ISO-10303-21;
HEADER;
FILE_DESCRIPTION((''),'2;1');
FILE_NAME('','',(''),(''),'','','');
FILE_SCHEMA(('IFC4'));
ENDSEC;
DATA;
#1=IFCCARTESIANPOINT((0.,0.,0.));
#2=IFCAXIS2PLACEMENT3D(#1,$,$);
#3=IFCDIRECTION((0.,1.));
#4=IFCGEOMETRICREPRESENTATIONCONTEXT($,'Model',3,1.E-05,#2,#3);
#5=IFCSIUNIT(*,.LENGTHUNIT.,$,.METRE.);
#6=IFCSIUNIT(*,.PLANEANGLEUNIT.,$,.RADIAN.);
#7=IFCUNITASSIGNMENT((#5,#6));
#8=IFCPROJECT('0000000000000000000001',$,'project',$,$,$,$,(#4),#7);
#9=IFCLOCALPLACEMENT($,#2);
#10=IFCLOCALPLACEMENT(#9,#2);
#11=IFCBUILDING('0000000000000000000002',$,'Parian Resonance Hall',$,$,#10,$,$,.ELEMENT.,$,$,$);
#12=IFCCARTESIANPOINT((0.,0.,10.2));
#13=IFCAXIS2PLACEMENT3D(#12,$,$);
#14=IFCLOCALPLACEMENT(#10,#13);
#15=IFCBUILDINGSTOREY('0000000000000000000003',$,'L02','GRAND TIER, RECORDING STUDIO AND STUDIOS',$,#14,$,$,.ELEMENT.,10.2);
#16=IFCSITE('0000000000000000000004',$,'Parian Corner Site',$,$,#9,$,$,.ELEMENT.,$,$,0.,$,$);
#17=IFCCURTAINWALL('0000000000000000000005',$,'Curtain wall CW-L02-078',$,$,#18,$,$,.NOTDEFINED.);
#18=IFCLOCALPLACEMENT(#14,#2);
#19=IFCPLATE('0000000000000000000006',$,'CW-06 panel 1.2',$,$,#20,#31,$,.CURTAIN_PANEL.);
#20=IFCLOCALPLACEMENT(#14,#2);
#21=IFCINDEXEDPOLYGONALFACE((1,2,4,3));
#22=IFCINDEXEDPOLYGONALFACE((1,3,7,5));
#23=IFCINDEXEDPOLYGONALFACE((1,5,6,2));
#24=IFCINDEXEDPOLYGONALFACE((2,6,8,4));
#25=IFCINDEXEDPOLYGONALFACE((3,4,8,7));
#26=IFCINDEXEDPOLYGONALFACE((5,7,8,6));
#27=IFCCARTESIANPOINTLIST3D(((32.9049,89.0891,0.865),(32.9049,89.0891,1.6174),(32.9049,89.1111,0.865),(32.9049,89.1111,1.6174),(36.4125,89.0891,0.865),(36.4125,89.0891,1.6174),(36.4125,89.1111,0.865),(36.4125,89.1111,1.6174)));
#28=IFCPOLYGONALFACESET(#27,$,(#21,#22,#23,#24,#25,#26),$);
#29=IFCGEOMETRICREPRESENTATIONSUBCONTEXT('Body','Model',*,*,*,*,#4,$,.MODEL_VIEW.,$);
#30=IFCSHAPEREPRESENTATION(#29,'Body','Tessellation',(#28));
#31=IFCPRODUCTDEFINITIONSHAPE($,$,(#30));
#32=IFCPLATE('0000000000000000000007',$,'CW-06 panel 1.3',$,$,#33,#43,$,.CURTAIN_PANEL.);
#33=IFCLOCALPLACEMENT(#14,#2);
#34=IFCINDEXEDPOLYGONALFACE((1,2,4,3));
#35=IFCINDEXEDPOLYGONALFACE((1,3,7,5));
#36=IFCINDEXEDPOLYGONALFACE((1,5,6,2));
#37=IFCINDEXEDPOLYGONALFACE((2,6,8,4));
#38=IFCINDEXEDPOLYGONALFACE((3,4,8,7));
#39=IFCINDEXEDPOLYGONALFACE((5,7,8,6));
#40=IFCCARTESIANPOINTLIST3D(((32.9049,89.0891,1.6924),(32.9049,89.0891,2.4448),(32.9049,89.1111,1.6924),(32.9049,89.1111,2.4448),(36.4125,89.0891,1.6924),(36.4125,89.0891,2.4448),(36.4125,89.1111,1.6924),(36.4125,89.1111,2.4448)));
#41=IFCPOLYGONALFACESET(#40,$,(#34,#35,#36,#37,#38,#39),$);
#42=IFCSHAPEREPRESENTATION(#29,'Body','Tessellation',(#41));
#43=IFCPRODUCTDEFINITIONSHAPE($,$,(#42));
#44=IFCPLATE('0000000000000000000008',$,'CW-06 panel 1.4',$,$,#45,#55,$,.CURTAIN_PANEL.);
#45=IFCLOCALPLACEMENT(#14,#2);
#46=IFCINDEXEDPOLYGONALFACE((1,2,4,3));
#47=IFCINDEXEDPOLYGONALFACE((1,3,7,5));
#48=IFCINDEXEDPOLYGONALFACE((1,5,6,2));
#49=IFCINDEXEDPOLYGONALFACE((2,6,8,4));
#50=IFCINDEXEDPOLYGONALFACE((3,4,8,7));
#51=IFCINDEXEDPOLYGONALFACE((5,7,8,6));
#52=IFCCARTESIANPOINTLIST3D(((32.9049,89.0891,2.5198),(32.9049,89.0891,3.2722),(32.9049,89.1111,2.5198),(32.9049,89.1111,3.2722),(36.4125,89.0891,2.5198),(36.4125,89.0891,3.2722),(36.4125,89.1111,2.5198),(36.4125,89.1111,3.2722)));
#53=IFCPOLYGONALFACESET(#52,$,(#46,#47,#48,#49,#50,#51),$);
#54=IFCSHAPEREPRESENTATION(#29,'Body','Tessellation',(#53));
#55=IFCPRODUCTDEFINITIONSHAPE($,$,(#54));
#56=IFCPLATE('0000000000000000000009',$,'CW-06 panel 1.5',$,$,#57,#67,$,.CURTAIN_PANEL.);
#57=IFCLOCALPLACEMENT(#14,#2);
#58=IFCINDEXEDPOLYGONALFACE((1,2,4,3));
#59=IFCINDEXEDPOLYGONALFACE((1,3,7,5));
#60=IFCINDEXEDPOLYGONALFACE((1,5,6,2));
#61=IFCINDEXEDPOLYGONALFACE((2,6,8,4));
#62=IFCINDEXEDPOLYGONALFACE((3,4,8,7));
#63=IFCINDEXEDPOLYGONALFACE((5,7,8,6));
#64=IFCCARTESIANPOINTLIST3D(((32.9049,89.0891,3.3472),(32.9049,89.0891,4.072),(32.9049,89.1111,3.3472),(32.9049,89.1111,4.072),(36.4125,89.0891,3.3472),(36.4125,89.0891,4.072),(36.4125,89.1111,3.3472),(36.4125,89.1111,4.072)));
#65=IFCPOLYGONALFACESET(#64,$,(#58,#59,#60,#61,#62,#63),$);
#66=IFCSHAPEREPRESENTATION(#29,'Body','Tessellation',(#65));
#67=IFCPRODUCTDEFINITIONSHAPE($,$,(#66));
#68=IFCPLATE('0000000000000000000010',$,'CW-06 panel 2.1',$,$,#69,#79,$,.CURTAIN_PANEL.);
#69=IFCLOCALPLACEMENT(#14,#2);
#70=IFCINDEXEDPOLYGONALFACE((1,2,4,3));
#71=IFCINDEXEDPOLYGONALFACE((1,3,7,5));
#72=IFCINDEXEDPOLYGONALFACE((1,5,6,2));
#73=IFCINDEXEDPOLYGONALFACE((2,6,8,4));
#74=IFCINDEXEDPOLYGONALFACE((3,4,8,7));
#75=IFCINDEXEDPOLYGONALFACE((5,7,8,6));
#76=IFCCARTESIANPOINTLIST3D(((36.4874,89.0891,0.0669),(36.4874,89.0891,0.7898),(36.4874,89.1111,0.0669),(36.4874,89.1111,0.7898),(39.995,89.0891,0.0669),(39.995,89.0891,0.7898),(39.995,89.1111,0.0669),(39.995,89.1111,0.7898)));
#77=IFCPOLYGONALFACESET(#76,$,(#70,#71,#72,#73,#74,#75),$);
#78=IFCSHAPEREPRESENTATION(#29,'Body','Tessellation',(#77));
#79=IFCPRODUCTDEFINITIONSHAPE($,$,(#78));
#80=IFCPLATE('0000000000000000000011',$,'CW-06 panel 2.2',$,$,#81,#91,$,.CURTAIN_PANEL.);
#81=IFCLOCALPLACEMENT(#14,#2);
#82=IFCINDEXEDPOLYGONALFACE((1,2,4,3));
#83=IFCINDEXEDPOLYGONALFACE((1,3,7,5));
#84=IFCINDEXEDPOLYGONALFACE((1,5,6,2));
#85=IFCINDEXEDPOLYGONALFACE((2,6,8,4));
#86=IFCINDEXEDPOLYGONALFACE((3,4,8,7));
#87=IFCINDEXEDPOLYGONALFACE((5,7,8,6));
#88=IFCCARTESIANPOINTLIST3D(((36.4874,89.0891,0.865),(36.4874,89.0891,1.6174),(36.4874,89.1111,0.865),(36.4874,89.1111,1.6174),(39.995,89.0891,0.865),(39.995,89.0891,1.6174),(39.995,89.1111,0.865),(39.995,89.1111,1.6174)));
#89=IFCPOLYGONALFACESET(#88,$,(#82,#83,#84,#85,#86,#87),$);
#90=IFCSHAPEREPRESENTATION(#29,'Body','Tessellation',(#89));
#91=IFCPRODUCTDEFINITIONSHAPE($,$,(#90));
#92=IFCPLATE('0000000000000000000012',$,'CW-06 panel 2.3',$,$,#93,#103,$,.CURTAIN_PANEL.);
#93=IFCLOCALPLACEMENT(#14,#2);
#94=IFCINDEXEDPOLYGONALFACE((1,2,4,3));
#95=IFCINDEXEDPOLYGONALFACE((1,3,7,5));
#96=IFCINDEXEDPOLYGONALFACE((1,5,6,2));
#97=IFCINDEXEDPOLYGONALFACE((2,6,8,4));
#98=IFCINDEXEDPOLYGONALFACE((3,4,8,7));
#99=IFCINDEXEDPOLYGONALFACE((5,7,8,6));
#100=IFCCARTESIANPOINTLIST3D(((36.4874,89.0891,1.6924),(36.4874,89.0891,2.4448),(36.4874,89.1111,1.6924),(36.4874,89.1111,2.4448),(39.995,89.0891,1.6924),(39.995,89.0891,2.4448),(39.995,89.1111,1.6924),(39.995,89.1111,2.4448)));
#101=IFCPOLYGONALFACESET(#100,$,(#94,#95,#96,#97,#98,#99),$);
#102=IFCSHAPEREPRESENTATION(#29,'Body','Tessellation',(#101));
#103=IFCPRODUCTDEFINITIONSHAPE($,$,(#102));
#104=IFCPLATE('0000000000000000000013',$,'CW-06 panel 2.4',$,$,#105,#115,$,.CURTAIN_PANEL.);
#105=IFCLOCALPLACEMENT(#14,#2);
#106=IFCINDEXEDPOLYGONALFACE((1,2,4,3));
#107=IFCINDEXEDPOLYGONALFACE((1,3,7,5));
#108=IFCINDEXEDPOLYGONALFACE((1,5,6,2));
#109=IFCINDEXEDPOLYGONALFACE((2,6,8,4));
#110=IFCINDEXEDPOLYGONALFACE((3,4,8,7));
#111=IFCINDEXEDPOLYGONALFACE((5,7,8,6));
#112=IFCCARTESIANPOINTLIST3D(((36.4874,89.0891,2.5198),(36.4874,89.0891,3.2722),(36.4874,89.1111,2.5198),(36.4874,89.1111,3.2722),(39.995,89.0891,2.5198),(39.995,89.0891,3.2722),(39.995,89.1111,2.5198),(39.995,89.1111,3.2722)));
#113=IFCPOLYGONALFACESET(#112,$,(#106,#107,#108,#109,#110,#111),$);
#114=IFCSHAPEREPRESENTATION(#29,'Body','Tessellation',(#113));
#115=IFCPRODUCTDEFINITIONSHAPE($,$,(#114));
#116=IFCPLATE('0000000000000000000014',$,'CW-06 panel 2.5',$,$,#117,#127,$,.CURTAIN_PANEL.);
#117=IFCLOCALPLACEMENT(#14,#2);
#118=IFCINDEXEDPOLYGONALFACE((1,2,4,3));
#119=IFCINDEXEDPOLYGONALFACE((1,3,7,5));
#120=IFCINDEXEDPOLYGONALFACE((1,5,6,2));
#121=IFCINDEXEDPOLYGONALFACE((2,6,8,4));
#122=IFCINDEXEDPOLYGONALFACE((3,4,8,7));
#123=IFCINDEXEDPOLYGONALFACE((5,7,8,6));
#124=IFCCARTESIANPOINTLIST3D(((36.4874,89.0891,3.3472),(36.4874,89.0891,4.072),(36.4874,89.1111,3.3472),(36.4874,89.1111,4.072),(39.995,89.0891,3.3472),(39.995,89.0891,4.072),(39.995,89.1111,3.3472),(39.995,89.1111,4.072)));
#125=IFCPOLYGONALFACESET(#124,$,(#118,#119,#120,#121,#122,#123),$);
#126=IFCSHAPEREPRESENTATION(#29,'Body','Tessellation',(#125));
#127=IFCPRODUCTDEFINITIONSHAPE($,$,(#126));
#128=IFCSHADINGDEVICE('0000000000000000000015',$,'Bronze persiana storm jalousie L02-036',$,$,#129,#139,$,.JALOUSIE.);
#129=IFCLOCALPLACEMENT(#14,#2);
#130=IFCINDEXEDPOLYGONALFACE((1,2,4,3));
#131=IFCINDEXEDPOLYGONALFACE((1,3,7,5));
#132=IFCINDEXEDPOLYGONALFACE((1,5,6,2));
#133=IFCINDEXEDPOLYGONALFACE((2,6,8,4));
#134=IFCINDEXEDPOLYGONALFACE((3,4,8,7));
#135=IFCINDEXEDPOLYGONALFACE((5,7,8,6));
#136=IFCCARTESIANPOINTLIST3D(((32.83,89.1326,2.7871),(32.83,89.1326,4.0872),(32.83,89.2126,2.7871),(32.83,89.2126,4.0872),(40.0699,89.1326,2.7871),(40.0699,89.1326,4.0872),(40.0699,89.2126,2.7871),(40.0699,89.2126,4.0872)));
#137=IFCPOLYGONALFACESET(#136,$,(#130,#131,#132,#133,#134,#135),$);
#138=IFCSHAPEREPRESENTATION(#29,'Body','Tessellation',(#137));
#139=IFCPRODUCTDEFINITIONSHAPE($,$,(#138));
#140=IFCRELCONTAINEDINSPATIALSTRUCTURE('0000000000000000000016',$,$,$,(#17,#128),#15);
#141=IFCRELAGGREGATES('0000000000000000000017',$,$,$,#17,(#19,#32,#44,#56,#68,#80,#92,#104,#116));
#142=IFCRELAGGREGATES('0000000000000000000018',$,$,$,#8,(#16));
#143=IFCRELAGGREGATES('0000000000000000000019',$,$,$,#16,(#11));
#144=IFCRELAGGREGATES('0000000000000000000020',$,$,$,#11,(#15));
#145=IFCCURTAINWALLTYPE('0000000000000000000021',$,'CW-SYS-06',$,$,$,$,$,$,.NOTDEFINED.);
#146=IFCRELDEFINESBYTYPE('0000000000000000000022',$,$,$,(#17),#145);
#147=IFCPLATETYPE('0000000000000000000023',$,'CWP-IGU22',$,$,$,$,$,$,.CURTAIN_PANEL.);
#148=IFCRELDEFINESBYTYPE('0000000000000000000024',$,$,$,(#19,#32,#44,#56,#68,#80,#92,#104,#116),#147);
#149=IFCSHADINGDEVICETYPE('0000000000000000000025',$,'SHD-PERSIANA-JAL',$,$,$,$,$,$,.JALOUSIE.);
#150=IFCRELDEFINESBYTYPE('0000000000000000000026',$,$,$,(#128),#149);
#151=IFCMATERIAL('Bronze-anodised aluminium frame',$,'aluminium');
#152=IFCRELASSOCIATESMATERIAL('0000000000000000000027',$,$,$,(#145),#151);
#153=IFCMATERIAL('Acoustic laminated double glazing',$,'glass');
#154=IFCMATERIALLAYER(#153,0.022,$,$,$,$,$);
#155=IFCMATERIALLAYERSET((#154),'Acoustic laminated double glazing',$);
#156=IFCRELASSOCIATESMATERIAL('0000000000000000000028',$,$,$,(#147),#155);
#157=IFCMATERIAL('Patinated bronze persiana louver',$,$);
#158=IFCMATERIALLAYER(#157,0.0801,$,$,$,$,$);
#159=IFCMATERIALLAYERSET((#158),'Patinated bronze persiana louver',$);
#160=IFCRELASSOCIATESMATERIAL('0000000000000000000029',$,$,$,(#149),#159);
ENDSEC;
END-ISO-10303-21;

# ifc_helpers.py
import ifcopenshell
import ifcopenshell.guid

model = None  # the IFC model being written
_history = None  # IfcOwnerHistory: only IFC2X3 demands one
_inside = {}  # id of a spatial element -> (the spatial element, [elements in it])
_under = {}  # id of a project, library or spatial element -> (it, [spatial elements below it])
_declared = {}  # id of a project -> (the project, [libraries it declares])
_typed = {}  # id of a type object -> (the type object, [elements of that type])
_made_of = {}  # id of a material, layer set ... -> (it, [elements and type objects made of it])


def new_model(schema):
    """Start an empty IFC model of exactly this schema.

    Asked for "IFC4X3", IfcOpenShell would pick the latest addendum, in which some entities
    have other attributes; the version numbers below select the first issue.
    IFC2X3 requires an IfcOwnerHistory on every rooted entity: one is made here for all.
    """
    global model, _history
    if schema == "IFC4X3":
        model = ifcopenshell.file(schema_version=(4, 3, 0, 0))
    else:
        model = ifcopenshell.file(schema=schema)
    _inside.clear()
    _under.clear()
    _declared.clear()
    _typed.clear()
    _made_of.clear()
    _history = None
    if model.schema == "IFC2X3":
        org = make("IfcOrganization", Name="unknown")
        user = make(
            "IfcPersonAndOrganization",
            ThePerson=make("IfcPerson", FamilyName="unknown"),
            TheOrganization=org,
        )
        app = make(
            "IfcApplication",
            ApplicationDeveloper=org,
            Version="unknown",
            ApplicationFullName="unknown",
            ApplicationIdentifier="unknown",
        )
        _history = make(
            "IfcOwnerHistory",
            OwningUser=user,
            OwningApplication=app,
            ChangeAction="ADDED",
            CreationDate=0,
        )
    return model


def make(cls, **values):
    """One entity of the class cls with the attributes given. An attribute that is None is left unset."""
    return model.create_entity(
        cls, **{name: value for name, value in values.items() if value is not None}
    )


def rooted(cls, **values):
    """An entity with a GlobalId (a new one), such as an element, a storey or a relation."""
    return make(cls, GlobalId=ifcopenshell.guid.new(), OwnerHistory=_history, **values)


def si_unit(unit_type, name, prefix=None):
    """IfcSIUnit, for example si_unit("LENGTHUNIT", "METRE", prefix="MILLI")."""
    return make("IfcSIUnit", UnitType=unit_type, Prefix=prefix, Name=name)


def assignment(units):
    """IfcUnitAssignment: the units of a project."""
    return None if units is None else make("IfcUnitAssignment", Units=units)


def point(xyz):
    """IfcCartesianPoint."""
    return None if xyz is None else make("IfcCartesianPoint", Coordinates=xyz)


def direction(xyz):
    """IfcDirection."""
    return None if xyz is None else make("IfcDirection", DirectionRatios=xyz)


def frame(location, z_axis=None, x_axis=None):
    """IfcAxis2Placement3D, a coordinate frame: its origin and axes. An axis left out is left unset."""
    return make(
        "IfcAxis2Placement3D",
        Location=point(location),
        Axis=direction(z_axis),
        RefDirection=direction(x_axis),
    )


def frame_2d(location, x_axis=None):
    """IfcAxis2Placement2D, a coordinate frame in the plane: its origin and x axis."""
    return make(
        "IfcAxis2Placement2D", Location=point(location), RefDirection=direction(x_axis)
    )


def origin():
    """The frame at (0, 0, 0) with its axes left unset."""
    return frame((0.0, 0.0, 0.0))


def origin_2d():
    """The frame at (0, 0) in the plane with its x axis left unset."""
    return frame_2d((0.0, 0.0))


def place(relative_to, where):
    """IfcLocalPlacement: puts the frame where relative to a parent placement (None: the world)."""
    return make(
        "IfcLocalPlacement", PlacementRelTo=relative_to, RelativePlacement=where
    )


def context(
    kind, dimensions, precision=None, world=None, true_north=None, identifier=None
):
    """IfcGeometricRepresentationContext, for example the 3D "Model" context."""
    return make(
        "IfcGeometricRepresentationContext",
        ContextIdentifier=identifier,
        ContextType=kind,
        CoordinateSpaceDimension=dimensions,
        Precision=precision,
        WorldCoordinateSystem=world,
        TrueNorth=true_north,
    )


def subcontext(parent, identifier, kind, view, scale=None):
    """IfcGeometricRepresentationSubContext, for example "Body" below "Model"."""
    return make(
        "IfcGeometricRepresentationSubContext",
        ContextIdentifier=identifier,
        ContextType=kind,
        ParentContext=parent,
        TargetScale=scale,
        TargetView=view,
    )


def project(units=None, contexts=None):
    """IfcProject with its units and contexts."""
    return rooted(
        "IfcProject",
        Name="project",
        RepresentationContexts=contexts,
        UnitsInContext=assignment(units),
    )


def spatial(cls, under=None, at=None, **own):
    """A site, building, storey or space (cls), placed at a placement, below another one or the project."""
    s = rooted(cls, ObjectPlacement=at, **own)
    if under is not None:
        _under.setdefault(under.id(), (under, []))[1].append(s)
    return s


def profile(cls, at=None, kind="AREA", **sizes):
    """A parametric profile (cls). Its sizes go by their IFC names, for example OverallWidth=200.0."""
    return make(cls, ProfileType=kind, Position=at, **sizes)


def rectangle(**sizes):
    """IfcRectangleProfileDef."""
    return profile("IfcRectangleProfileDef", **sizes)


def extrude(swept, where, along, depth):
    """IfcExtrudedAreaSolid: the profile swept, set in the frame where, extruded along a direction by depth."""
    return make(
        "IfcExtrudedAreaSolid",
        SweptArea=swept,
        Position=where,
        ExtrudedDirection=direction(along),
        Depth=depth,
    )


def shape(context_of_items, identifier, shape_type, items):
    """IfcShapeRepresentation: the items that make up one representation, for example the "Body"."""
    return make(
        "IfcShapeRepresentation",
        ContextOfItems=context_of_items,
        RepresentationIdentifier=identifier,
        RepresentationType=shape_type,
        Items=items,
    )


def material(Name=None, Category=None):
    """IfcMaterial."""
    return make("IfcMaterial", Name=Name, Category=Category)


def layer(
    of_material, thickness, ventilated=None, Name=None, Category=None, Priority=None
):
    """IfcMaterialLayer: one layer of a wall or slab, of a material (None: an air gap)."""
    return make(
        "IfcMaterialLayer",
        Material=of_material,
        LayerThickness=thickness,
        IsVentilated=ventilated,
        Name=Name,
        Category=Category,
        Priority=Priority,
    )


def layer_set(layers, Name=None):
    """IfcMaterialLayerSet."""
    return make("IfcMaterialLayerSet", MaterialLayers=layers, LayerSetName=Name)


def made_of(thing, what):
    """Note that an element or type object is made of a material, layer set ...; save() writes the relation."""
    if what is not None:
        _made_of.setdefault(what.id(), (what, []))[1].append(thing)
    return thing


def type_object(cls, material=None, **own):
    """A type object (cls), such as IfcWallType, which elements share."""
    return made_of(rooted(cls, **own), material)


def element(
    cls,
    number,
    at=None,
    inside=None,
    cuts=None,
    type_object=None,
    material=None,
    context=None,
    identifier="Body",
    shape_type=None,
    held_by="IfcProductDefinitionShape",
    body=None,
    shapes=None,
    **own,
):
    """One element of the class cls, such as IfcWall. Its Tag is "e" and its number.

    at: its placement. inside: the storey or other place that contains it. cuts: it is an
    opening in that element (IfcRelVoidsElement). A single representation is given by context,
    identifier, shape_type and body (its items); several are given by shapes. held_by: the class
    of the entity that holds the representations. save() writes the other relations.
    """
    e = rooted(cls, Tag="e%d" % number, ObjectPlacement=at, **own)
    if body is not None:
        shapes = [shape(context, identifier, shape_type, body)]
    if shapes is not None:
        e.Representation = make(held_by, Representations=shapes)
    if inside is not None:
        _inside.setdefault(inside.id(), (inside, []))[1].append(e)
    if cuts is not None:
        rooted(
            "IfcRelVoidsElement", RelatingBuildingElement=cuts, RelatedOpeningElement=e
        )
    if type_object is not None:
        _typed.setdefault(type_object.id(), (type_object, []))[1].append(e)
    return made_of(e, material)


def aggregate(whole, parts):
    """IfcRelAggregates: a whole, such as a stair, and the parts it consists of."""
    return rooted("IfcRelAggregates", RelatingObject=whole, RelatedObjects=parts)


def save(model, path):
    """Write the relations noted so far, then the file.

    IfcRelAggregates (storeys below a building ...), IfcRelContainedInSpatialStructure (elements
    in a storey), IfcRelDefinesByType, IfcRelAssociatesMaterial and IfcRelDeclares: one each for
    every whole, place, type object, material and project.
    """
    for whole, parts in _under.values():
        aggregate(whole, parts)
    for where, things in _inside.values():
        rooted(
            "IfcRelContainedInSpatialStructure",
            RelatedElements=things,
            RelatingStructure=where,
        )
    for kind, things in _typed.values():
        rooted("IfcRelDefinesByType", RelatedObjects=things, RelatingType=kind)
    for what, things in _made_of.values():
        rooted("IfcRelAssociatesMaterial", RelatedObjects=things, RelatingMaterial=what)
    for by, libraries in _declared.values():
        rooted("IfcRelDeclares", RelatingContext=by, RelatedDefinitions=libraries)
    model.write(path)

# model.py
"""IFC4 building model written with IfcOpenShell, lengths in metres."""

from ifc_helpers import new_model, si_unit, direction, frame, origin, origin_2d, place, context, subcontext, project, spatial, rectangle, extrude, material, layer, layer_set, type_object, element, aggregate, save


model = new_model("IFC4")

# Units and contexts
model_context = context("Model", 3, precision=1e-05, world=origin(), true_north=direction((0.0, 1.0)))
body_context = subcontext(model_context, "Body", "Model", "MODEL_VIEW")
ifc_project = project(units=[si_unit("LENGTHUNIT", "METRE"), si_unit("PLANEANGLEUNIT", "RADIAN")], contexts=[model_context])

# Site, building, storey
site_placement = place(None, origin())
site = spatial("IfcSite", under=ifc_project, at=site_placement, Name="Parian Corner Site", CompositionType="ELEMENT", RefElevation=0.0)
building_placement = place(site_placement, origin())
building = spatial("IfcBuilding", under=site, at=building_placement, Name="Parian Resonance Hall", CompositionType="ELEMENT")
storey_placement = place(building_placement, frame((0.0, 0.0, 10.2)))
storey = spatial("IfcBuildingStorey", under=building, at=storey_placement, Name="L02", Description="GRAND TIER, RECORDING STUDIO AND STUDIOS", CompositionType="ELEMENT", Elevation=10.2)

# Curtain wall, plates
ifc_material_1 = material(Name="Bronze-anodised aluminium frame", Category="aluminium")
curtain_wall_type = type_object("IfcCurtainWallType", Name="CW-SYS-06", PredefinedType="NOTDEFINED", material=ifc_material_1)
curtain_wall_placement = place(storey_placement, origin())
curtain_wall = element("IfcCurtainWall", 1, at=curtain_wall_placement, inside=storey, type_object=curtain_wall_type, Name="Curtain wall CW-L02-078", PredefinedType="NOTDEFINED")
ifc_material_2 = material(Name="Acoustic laminated double glazing", Category="glass")
ifc_layer_1 = layer(ifc_material_2, 0.022)
ifc_layer_set_1 = layer_set([ifc_layer_1], Name="Acoustic laminated double glazing")
plate_type = type_object("IfcPlateType", Name="CWP-IGU22", PredefinedType="CURTAIN_PANEL", material=ifc_layer_set_1)
plate_1_placement = place(storey_placement, frame((34.6587, 89.1001, 0.865), z_axis=(0.0, 0.0, 1.0), x_axis=(1.0, 0.0, 0.0)))
plate_1 = element("IfcPlate", 2, at=plate_1_placement, type_object=plate_type, Name="CW-06 panel 1.2", PredefinedType="CURTAIN_PANEL", context=body_context, shape_type="SweptSolid", body=[
    extrude(rectangle(XDim=3.5076, YDim=0.022, at=origin_2d()), origin(), (0.0, 0.0, 1.0), 0.7524),
])
plate_2_placement = place(storey_placement, frame((34.6587, 89.1001, 1.6924), z_axis=(0.0, 0.0, 1.0), x_axis=(1.0, 0.0, 0.0)))
plate_2 = element("IfcPlate", 3, at=plate_2_placement, type_object=plate_type, Name="CW-06 panel 1.3", PredefinedType="CURTAIN_PANEL", context=body_context, shape_type="SweptSolid", body=[
    extrude(rectangle(XDim=3.5076, YDim=0.022, at=origin_2d()), origin(), (0.0, 0.0, 1.0), 0.7524),
])
plate_3_placement = place(storey_placement, frame((34.6587, 89.1001, 2.5198), z_axis=(0.0, 0.0, 1.0), x_axis=(1.0, 0.0, 0.0)))
plate_3 = element("IfcPlate", 4, at=plate_3_placement, type_object=plate_type, Name="CW-06 panel 1.4", PredefinedType="CURTAIN_PANEL", context=body_context, shape_type="SweptSolid", body=[
    extrude(rectangle(XDim=3.5076, YDim=0.022, at=origin_2d()), origin(), (0.0, 0.0, 1.0), 0.7524),
])
plate_4_placement = place(storey_placement, frame((34.6587, 89.1001, 3.3472), z_axis=(0.0, 0.0, 1.0), x_axis=(1.0, 0.0, 0.0)))
plate_4 = element("IfcPlate", 5, at=plate_4_placement, type_object=plate_type, Name="CW-06 panel 1.5", PredefinedType="CURTAIN_PANEL", context=body_context, shape_type="SweptSolid", body=[
    extrude(rectangle(XDim=3.5076, YDim=0.022, at=origin_2d()), origin(), (0.0, 0.0, 1.0), 0.7249),
])
plate_5_placement = place(storey_placement, frame((38.2412, 89.1001, 0.0669), z_axis=(0.0, 0.0, 1.0), x_axis=(1.0, 0.0, 0.0)))
plate_5 = element("IfcPlate", 6, at=plate_5_placement, type_object=plate_type, Name="CW-06 panel 2.1", PredefinedType="CURTAIN_PANEL", context=body_context, shape_type="SweptSolid", body=[
    extrude(rectangle(XDim=3.5076, YDim=0.022, at=origin_2d()), origin(), (0.0, 0.0, 1.0), 0.7229),
])
plate_6_placement = place(storey_placement, frame((38.2412, 89.1001, 0.865), z_axis=(0.0, 0.0, 1.0), x_axis=(1.0, 0.0, 0.0)))
plate_6 = element("IfcPlate", 7, at=plate_6_placement, type_object=plate_type, Name="CW-06 panel 2.2", PredefinedType="CURTAIN_PANEL", context=body_context, shape_type="SweptSolid", body=[
    extrude(rectangle(XDim=3.5076, YDim=0.022, at=origin_2d()), origin(), (0.0, 0.0, 1.0), 0.7524),
])
plate_7_placement = place(storey_placement, frame((38.2412, 89.1001, 1.6924), z_axis=(0.0, 0.0, 1.0), x_axis=(1.0, 0.0, 0.0)))
plate_7 = element("IfcPlate", 8, at=plate_7_placement, type_object=plate_type, Name="CW-06 panel 2.3", PredefinedType="CURTAIN_PANEL", context=body_context, shape_type="SweptSolid", body=[
    extrude(rectangle(XDim=3.5076, YDim=0.022, at=origin_2d()), origin(), (0.0, 0.0, 1.0), 0.7524),
])
plate_8_placement = place(storey_placement, frame((38.2412, 89.1001, 2.5198), z_axis=(0.0, 0.0, 1.0), x_axis=(1.0, 0.0, 0.0)))
plate_8 = element("IfcPlate", 9, at=plate_8_placement, type_object=plate_type, Name="CW-06 panel 2.4", PredefinedType="CURTAIN_PANEL", context=body_context, shape_type="SweptSolid", body=[
    extrude(rectangle(XDim=3.5076, YDim=0.022, at=origin_2d()), origin(), (0.0, 0.0, 1.0), 0.7524),
])
plate_9_placement = place(storey_placement, frame((38.2412, 89.1001, 3.3472), z_axis=(0.0, 0.0, 1.0), x_axis=(1.0, 0.0, 0.0)))
plate_9 = element("IfcPlate", 10, at=plate_9_placement, type_object=plate_type, Name="CW-06 panel 2.5", PredefinedType="CURTAIN_PANEL", context=body_context, shape_type="SweptSolid", body=[
    extrude(rectangle(XDim=3.5076, YDim=0.022, at=origin_2d()), origin(), (0.0, 0.0, 1.0), 0.7249),
])
aggregate(curtain_wall, [plate_1, plate_2, plate_3, plate_4, plate_5, plate_6, plate_7, plate_8, plate_9])

# Shading device
ifc_material_3 = material(Name="Patinated bronze persiana louver")
ifc_layer_2 = layer(ifc_material_3, 0.0801)
ifc_layer_set_2 = layer_set([ifc_layer_2], Name="Patinated bronze persiana louver")
shading_device_type = type_object("IfcShadingDeviceType", Name="SHD-PERSIANA-JAL", PredefinedType="JALOUSIE", material=ifc_layer_set_2)
shading_device_placement = place(storey_placement, frame((36.45, 89.1726, 2.7871), z_axis=(0.0, 0.0, 1.0), x_axis=(1.0, 0.0, 0.0)))
element("IfcShadingDevice", 11, at=shading_device_placement, inside=storey, type_object=shading_device_type, Name="Bronze persiana storm jalousie L02-036", PredefinedType="JALOUSIE", context=body_context, shape_type="SweptSolid", body=[
    extrude(rectangle(XDim=7.24, YDim=0.0801, at=origin_2d()), origin(), (0.0, 0.0, 1.0), 1.3),
])

save(model, "model.ifc")
